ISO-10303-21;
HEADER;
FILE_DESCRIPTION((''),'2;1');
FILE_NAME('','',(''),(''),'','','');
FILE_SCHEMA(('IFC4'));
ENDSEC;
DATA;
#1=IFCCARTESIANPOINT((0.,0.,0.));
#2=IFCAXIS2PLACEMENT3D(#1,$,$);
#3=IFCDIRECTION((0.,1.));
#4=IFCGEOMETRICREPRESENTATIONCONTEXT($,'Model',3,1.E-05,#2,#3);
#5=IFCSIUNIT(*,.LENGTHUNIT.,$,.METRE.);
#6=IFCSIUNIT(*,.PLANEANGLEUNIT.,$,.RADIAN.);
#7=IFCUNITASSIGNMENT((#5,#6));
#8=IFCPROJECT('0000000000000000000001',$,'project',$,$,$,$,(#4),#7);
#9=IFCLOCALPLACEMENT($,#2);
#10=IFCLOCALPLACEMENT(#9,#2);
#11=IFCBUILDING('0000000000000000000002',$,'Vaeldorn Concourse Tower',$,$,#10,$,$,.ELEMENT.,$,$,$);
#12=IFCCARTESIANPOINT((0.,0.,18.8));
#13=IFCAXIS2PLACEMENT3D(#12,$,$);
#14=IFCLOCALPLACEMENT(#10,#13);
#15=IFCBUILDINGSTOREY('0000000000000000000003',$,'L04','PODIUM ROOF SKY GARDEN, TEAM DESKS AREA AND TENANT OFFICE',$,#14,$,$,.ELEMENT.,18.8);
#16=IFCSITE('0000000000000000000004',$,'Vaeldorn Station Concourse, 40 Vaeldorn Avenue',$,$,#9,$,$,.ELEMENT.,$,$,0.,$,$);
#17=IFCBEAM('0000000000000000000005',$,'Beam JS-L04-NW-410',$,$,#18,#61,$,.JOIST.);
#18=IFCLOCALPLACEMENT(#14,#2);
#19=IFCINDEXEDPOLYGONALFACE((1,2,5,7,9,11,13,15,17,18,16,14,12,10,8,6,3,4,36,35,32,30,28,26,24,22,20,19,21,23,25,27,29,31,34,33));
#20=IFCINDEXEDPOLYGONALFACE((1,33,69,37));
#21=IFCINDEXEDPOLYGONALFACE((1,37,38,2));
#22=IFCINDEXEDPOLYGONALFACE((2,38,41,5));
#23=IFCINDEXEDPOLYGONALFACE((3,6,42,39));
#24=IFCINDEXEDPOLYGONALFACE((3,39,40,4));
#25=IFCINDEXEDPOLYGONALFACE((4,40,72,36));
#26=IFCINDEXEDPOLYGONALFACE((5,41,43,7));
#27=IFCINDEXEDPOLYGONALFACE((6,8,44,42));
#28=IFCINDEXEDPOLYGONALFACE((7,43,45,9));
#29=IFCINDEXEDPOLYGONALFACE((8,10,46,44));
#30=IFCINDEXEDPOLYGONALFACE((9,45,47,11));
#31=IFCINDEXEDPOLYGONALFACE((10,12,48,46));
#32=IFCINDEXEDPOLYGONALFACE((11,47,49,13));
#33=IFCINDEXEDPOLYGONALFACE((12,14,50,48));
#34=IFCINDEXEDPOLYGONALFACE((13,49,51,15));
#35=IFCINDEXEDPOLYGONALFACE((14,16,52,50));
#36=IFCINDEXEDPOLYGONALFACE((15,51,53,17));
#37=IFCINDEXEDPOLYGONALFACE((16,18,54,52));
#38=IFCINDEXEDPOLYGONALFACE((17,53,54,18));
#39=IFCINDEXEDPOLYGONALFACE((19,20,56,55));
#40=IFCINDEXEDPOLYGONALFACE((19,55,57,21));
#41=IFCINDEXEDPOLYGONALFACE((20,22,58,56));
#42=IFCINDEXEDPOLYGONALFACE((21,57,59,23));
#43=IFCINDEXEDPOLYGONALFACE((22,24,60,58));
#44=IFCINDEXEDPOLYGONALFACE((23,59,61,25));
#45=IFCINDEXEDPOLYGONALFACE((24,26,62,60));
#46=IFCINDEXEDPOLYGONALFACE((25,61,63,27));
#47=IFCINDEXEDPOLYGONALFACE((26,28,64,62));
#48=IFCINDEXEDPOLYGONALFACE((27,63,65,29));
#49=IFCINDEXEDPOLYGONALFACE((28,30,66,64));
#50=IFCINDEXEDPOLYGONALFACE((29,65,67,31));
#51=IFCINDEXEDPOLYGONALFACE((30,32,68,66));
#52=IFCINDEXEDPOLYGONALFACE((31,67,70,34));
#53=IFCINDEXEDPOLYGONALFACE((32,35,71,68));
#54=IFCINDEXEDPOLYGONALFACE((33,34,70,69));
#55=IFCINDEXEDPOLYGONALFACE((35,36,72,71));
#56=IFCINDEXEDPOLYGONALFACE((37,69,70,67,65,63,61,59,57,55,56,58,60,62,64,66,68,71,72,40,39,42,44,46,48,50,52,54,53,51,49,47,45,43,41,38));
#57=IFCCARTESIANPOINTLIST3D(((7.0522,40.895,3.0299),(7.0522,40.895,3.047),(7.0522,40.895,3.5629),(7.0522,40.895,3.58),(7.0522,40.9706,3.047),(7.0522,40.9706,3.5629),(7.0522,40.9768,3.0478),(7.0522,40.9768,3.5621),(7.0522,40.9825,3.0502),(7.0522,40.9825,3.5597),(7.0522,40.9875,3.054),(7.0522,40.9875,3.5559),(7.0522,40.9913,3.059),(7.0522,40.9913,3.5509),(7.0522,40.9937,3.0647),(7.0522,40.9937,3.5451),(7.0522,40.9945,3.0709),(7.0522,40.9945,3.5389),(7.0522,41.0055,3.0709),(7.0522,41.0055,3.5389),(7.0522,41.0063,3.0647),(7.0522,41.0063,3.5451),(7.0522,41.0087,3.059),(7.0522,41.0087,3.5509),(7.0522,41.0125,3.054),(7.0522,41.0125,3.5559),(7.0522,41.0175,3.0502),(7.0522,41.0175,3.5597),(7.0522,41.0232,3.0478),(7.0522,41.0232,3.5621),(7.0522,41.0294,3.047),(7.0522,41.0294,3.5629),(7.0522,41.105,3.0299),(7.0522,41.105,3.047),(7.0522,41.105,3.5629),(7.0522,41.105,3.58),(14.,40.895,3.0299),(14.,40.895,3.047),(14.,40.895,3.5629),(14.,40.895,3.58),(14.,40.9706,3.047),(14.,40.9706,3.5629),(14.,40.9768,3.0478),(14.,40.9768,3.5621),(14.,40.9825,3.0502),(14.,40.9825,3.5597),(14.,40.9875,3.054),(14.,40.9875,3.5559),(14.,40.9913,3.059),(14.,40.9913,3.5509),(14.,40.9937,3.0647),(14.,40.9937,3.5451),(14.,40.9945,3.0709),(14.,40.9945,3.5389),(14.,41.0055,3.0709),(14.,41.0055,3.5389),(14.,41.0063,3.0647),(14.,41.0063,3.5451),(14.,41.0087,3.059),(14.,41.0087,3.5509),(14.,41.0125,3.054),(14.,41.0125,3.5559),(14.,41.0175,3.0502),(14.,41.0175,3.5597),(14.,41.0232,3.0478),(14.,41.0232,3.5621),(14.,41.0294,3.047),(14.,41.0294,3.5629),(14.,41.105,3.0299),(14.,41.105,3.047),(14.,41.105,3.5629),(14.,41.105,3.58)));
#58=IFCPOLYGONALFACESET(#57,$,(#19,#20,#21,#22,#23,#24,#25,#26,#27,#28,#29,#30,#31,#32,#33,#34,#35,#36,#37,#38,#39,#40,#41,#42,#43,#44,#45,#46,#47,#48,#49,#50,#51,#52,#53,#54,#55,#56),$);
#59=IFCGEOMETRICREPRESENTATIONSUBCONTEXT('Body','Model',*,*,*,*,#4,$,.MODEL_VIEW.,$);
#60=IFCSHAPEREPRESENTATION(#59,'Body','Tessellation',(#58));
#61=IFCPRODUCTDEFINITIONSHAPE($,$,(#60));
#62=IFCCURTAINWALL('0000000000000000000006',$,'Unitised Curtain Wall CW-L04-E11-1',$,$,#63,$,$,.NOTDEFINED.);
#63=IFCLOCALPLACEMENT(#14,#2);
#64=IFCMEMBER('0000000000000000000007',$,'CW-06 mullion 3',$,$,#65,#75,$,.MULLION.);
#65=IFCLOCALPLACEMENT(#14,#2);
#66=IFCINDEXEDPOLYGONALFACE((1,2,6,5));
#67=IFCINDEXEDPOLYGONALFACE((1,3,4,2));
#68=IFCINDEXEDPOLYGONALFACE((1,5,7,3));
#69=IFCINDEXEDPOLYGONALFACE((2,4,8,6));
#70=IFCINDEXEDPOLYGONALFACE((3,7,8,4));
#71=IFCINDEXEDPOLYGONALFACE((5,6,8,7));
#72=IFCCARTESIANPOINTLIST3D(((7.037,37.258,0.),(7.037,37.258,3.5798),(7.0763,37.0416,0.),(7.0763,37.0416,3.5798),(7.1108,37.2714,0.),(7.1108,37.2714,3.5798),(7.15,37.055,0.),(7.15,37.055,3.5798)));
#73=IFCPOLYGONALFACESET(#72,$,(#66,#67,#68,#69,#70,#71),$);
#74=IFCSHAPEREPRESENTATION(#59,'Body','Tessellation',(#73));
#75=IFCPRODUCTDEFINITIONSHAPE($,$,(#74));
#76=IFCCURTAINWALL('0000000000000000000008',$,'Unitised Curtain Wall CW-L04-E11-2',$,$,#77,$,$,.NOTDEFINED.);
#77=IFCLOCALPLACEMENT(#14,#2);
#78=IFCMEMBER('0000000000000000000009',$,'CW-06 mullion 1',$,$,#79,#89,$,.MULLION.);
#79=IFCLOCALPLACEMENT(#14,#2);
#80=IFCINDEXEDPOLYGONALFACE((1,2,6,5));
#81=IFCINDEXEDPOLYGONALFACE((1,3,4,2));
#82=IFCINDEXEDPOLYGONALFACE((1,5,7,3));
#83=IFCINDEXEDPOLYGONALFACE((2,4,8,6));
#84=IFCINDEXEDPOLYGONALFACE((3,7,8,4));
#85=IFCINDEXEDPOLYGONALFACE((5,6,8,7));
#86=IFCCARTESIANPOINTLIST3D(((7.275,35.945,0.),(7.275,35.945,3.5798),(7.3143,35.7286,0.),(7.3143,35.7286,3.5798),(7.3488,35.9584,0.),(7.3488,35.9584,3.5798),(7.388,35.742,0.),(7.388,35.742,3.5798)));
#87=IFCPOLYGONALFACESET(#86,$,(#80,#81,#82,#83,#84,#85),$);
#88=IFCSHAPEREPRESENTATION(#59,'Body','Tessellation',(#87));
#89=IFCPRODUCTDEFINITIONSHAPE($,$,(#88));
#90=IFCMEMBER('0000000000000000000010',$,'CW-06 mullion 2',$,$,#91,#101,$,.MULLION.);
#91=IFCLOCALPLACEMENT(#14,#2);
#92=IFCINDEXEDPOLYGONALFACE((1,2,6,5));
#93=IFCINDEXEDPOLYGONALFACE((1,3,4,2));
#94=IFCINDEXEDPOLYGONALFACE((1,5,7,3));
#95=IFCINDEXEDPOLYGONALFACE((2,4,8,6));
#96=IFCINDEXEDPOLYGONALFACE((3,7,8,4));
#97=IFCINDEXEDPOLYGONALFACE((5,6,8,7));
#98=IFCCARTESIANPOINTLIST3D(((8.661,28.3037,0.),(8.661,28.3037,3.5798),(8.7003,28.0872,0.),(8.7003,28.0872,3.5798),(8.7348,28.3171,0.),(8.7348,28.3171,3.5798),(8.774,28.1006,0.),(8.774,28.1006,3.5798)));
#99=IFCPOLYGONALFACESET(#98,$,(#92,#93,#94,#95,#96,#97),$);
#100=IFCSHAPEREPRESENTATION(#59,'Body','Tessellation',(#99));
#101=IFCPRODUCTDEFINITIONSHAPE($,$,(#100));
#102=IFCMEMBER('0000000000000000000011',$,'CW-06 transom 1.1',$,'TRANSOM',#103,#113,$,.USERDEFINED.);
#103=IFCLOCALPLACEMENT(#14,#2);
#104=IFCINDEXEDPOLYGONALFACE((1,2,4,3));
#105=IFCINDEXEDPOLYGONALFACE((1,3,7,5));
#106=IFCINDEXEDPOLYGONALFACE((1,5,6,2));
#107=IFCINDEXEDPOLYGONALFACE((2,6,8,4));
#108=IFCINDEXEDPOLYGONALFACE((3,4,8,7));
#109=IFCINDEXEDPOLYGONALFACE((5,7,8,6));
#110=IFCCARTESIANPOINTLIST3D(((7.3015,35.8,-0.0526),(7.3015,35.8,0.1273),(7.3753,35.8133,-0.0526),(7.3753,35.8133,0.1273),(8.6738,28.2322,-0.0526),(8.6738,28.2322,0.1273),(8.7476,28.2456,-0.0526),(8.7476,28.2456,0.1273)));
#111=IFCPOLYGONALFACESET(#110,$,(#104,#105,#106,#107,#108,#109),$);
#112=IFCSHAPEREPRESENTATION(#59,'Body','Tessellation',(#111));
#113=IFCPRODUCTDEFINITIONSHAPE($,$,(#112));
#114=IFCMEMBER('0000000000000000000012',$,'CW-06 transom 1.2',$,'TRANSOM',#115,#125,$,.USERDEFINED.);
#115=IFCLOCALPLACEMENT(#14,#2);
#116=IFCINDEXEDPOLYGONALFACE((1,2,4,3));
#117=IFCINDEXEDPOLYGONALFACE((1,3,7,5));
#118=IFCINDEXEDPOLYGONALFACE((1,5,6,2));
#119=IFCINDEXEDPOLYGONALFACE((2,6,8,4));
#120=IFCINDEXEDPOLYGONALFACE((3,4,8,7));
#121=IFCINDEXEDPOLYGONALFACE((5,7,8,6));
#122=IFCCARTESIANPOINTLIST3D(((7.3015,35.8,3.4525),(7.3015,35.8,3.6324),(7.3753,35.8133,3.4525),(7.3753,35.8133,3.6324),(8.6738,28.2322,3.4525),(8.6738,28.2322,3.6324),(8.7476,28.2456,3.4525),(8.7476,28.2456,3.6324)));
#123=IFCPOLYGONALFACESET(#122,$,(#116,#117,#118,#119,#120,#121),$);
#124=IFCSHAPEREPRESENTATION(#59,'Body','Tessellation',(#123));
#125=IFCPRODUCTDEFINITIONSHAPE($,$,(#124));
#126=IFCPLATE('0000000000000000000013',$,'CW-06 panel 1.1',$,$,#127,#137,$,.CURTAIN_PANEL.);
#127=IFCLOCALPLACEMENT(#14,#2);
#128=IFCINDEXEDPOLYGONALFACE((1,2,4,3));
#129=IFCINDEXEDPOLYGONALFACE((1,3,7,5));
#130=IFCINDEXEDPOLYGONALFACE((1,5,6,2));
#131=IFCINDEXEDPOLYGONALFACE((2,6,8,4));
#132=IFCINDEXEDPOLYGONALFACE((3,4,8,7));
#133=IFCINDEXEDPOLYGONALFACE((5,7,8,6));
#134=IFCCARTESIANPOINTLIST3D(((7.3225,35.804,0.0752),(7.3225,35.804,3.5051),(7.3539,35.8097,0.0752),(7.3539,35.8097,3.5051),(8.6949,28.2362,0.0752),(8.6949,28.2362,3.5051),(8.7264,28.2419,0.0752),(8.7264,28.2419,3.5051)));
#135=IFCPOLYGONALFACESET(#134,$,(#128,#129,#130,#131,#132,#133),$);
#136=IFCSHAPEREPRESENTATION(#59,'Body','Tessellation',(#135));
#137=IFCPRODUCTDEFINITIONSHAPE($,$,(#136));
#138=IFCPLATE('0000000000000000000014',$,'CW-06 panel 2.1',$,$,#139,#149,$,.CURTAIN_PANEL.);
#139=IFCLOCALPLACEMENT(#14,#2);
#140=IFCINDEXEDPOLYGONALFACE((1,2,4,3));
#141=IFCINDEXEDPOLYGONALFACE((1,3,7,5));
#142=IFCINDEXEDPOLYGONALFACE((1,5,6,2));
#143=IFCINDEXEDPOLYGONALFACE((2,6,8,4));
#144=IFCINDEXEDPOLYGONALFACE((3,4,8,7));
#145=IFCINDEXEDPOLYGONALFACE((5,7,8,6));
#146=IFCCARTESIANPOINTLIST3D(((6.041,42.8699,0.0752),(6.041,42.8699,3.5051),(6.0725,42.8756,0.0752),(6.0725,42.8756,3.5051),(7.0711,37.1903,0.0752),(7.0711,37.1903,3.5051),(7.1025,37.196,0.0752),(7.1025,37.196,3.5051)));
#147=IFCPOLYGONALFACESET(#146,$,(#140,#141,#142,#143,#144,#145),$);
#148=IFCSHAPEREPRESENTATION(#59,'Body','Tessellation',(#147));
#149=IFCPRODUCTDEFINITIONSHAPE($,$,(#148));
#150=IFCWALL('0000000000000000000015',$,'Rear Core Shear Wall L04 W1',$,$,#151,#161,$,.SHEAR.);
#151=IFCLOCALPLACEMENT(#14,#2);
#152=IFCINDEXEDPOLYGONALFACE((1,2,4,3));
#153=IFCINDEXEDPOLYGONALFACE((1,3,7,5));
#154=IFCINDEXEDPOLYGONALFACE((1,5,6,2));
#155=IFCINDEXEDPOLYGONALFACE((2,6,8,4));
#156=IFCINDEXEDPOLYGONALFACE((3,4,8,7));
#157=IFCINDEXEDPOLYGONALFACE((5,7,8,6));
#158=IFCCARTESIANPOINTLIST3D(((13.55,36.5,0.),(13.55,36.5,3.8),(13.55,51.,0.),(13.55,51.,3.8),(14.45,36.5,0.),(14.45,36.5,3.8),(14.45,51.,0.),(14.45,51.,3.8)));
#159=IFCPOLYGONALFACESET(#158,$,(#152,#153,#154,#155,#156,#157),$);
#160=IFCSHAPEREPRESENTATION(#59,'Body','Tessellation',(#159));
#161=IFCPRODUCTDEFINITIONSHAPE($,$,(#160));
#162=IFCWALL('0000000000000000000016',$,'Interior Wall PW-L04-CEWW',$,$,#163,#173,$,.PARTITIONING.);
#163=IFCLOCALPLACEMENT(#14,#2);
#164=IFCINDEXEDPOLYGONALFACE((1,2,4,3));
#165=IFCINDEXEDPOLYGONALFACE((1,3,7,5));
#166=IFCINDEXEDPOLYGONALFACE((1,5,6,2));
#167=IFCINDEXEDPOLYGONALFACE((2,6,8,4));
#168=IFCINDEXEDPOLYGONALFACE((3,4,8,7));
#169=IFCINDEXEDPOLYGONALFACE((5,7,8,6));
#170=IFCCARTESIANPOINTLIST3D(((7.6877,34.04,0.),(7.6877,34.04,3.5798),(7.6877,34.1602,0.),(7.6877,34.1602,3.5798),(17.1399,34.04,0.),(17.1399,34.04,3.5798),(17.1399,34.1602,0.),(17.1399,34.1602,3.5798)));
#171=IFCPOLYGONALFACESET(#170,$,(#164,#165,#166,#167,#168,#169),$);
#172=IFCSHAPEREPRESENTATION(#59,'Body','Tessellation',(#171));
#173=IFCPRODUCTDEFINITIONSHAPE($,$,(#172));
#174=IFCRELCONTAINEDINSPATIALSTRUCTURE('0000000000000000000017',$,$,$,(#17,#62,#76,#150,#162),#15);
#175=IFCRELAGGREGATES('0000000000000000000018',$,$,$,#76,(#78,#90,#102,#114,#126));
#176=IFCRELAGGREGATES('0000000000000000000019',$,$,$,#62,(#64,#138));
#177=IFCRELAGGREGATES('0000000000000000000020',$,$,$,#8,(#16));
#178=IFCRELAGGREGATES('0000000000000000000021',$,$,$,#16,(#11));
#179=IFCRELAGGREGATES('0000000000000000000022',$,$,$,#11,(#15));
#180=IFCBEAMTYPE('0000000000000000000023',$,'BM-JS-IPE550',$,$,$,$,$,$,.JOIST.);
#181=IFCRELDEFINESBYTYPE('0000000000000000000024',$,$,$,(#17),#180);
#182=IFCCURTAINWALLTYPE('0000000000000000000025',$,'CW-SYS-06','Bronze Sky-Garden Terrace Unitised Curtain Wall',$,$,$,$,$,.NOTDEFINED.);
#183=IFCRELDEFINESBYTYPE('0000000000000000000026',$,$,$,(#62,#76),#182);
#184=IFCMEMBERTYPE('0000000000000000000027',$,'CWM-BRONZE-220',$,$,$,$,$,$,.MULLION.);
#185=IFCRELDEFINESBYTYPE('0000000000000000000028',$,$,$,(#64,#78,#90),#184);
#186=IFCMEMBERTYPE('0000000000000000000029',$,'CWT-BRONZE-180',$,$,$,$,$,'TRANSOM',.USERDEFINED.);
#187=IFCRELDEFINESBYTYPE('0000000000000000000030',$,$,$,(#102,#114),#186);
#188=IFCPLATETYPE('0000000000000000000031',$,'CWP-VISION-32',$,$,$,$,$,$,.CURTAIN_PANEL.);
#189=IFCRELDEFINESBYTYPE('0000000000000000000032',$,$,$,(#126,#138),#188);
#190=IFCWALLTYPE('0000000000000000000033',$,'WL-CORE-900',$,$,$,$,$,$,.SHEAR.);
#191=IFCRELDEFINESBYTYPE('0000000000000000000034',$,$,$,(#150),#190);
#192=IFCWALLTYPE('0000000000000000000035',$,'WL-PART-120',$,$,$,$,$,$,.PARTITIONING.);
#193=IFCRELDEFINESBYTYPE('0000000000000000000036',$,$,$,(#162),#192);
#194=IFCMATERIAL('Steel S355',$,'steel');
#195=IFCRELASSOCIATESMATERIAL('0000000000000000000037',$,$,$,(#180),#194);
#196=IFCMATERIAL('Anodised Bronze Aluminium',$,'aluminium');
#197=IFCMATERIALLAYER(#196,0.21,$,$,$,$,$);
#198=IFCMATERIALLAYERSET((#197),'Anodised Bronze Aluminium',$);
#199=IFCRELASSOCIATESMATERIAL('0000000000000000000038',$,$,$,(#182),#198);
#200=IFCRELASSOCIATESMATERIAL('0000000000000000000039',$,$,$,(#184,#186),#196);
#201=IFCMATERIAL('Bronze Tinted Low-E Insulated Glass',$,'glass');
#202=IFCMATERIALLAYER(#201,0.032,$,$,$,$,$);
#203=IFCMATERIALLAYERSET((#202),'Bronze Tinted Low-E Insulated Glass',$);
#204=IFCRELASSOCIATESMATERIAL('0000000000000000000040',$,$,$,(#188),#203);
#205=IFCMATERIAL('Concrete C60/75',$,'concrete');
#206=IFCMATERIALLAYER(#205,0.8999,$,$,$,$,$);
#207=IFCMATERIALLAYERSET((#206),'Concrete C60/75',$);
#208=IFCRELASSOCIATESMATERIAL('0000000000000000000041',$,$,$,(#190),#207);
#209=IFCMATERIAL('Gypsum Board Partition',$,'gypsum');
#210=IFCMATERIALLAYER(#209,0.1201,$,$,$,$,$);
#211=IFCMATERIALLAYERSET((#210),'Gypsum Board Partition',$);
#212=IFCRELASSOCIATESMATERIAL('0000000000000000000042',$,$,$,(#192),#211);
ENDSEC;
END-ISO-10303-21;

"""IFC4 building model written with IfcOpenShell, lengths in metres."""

from ifc_helpers import new_model, si_unit, direction, frame, frame_2d, origin, origin_2d, place, context, subcontext, project, spatial, rectangle, i_section, extrude, source, transform, mapped, material, layer, layer_set, material_profile, profile_set, type_object, element, aggregate, save


model = new_model("IFC4")

# Units and contexts
model_context = context("Model", 3, precision=1e-05, world=origin(), true_north=direction((0.0, 1.0)))
body_context = subcontext(model_context, "Body", "Model", "MODEL_VIEW")
ifc_project = project(units=[si_unit("LENGTHUNIT", "METRE"), si_unit("PLANEANGLEUNIT", "RADIAN")], contexts=[model_context])

# Site, building, storey
site_placement = place(None, origin())
site = spatial("IfcSite", under=ifc_project, at=site_placement, Name="Vaeldorn Station Concourse, 40 Vaeldorn Avenue", CompositionType="ELEMENT", RefElevation=0.0)
building_placement = place(site_placement, origin())
building = spatial("IfcBuilding", under=site, at=building_placement, Name="Vaeldorn Concourse Tower", CompositionType="ELEMENT")
storey_placement = place(building_placement, frame((0.0, 0.0, 18.8)))
storey = spatial("IfcBuildingStorey", under=building, at=storey_placement, Name="L04", Description="PODIUM ROOF SKY GARDEN, TEAM DESKS AREA AND TENANT OFFICE", CompositionType="ELEMENT", Elevation=18.8)

# Shared definitions
ifc_material_1 = material(Name="Concrete C60/75", Category="concrete")

# Beam
ifc_material_2 = material(Name="Steel S355", Category="steel")
ifc_material_profile_1 = material_profile(ifc_material_2, i_section(OverallWidth=0.21, OverallDepth=0.55, WebThickness=0.011, FlangeThickness=0.0171, FilletRadius=0.0239, at=origin_2d()), Name="IPE 550")
ifc_profile_set_1 = profile_set([ifc_material_profile_1], Name="Steel S355")
beam_type_1 = type_object("IfcBeamType", Name="BM-JS-IPE550", PredefinedType="JOIST", material=ifc_profile_set_1)
shared_shape_1 = source(origin(), body_context, "Body", "SweptSolid", [
    extrude(i_section(OverallWidth=0.21, OverallDepth=0.55, WebThickness=0.011, FlangeThickness=0.0171, FilletRadius=0.0239, at=origin_2d()), origin(), (0.0, 0.0, 1.0), 6.9478),
])
beam_1_placement = place(storey_placement, frame((7.0522, 41.0, 3.3049), z_axis=(1.0, 0.0, 0.0), x_axis=(0.0, 1.0, 0.0)))
element("IfcBeam", 1, at=beam_1_placement, inside=storey, type_object=beam_type_1, Name="Beam JS-L04-NW-410", PredefinedType="JOIST", context=body_context, shape_type="MappedRepresentation", body=[
    mapped(shared_shape_1, transform((0.0, 0.0, 0.0), scale=1.0)),
])

# Curtain wall, member
ifc_material_3 = material(Name="Anodised Bronze Aluminium", Category="aluminium")
ifc_layer_1 = layer(ifc_material_3, 0.21)
ifc_layer_set_1 = layer_set([ifc_layer_1], Name="Anodised Bronze Aluminium")
curtain_wall_type = type_object("IfcCurtainWallType", Name="CW-SYS-06", Description="Bronze Sky-Garden Terrace Unitised Curtain Wall", PredefinedType="NOTDEFINED", material=ifc_layer_set_1)
curtain_wall_1_placement = place(storey_placement, origin())
curtain_wall_1 = element("IfcCurtainWall", 2, at=curtain_wall_1_placement, inside=storey, type_object=curtain_wall_type, Name="Unitised Curtain Wall CW-L04-E11-1", PredefinedType="NOTDEFINED")
ifc_material_profile_2 = material_profile(ifc_material_3, rectangle(XDim=0.075, YDim=0.22, at=origin_2d()), Name="CWM 75x220")
ifc_profile_set_2 = profile_set([ifc_material_profile_2], Name="Anodised Bronze Aluminium")
member_type_1 = type_object("IfcMemberType", Name="CWM-BRONZE-220", PredefinedType="MULLION", material=ifc_profile_set_2)
shared_shape_2 = source(origin(), body_context, "Body", "SweptSolid", [
    extrude(rectangle(XDim=0.075, YDim=0.22, at=origin_2d()), origin(), (0.0, 0.0, 1.0), 3.5798),
])
member_1_placement = place(storey_placement, frame((7.0935, 37.1565, 0.0), z_axis=(0.0, 0.0, 1.0), x_axis=(0.98395, 0.178446, 0.0)))
member_1 = element("IfcMember", 3, at=member_1_placement, type_object=member_type_1, Name="CW-06 mullion 3", PredefinedType="MULLION", context=body_context, shape_type="MappedRepresentation", body=[
    mapped(shared_shape_2, transform((0.0, 0.0, 0.0), scale=1.0)),
])

# Curtain wall, members, plate
curtain_wall_2_placement = place(storey_placement, origin())
curtain_wall_2 = element("IfcCurtainWall", 4, at=curtain_wall_2_placement, inside=storey, type_object=curtain_wall_type, Name="Unitised Curtain Wall CW-L04-E11-2", PredefinedType="NOTDEFINED")
member_2_placement = place(storey_placement, frame((7.3315, 35.8435, 0.0), z_axis=(0.0, 0.0, 1.0), x_axis=(0.98395, 0.178443, 0.0)))
member_2 = element("IfcMember", 5, at=member_2_placement, type_object=member_type_1, Name="CW-06 mullion 1", PredefinedType="MULLION", context=body_context, shape_type="MappedRepresentation", body=[
    mapped(shared_shape_2, transform((0.0, 0.0, 0.0), scale=1.0)),
])
member_3_placement = place(storey_placement, frame((8.7175, 28.2021, 0.0), z_axis=(0.0, 0.0, 1.0), x_axis=(0.98395, 0.178443, 0.0)))
member_3 = element("IfcMember", 6, at=member_3_placement, type_object=member_type_1, Name="CW-06 mullion 2", PredefinedType="MULLION", context=body_context, shape_type="MappedRepresentation", body=[
    mapped(shared_shape_2, transform((0.0, 0.0, 0.0), scale=1.0)),
])
ifc_material_profile_3 = material_profile(ifc_material_3, rectangle(XDim=0.075, YDim=0.1799, at=origin_2d()), Name="CWT 75x180")
ifc_profile_set_3 = profile_set([ifc_material_profile_3], Name="Anodised Bronze Aluminium")
member_type_2 = type_object("IfcMemberType", Name="CWT-BRONZE-180", ElementType="TRANSOM", PredefinedType="USERDEFINED", material=ifc_profile_set_3)
shared_shape_3 = source(origin(), body_context, "Body", "SweptSolid", [
    extrude(rectangle(XDim=0.075, YDim=0.1799, at=origin_2d()), origin(), (0.0, 0.0, 1.0), 7.6912),
])
member_4_placement = place(storey_placement, frame((7.3384, 35.8066, 0.0374), z_axis=(0.17843, -0.983953, 0.0), x_axis=(0.983953, 0.17843, 0.0)))
member_4 = element("IfcMember", 7, at=member_4_placement, type_object=member_type_2, Name="CW-06 transom 1.1", ObjectType="TRANSOM", PredefinedType="USERDEFINED", context=body_context, shape_type="MappedRepresentation", body=[
    mapped(shared_shape_3, transform((0.0, 0.0, 0.0), scale=1.0)),
])
member_5_placement = place(storey_placement, frame((7.3384, 35.8066, 3.5425), z_axis=(0.17843, -0.983953, 0.0), x_axis=(0.983953, 0.17843, 0.0)))
member_5 = element("IfcMember", 8, at=member_5_placement, type_object=member_type_2, Name="CW-06 transom 1.2", ObjectType="TRANSOM", PredefinedType="USERDEFINED", context=body_context, shape_type="MappedRepresentation", body=[
    mapped(shared_shape_3, transform((0.0, 0.0, 0.0), scale=1.0)),
])
ifc_material_4 = material(Name="Bronze Tinted Low-E Insulated Glass", Category="glass")
ifc_layer_2 = layer(ifc_material_4, 0.032)
ifc_layer_set_2 = layer_set([ifc_layer_2], Name="Bronze Tinted Low-E Insulated Glass")
plate_type = type_object("IfcPlateType", Name="CWP-VISION-32", PredefinedType="CURTAIN_PANEL", material=ifc_layer_set_2)
shared_shape_4 = source(origin(), body_context, "Body", "SweptSolid", [
    extrude(rectangle(XDim=7.6912, YDim=0.032, at=origin_2d()), origin(), (0.0, 0.0, 1.0), 3.4299),
])
plate_1_placement = place(storey_placement, frame((8.0244, 32.0229, 0.0752), z_axis=(0.0, 0.0, 1.0), x_axis=(0.178443, -0.98395, 0.0)))
plate_1 = element("IfcPlate", 9, at=plate_1_placement, type_object=plate_type, Name="CW-06 panel 1.1", PredefinedType="CURTAIN_PANEL", context=body_context, shape_type="MappedRepresentation", body=[
    mapped(shared_shape_4, transform((0.0, 0.0, 0.0), scale=1.0)),
])
aggregate(curtain_wall_2, [member_2, member_3, member_4, member_5, plate_1])

# Plate
shared_shape_5 = source(origin(), body_context, "Body", "SweptSolid", [
    extrude(rectangle(XDim=5.7722, YDim=0.032, at=origin_2d()), origin(), (0.0, 0.0, 1.0), 3.4299),
])
plate_2_placement = place(storey_placement, frame((6.5718, 40.033, 0.0752), z_axis=(0.0, 0.0, 1.0), x_axis=(0.178446, -0.98395, 0.0)))
plate_2 = element("IfcPlate", 10, at=plate_2_placement, type_object=plate_type, Name="CW-06 panel 2.1", PredefinedType="CURTAIN_PANEL", context=body_context, shape_type="MappedRepresentation", body=[
    mapped(shared_shape_5, transform((0.0, 0.0, 0.0), scale=1.0)),
])
aggregate(curtain_wall_1, [member_1, plate_2])

# Walls
ifc_layer_3 = layer(ifc_material_1, 0.8999)
ifc_layer_set_3 = layer_set([ifc_layer_3], Name="Concrete C60/75")
wall_type_1 = type_object("IfcWallType", Name="WL-CORE-900", PredefinedType="SHEAR", material=ifc_layer_set_3)
wall_1_placement = place(storey_placement, frame((14.0, 36.5, 0.0), z_axis=(0.0, 0.0, 1.0), x_axis=(0.0, 1.0, 0.0)))
element("IfcWall", 11, at=wall_1_placement, inside=storey, type_object=wall_type_1, Name="Rear Core Shear Wall L04 W1", PredefinedType="SHEAR", context=body_context, shape_type="SweptSolid", body=[
    extrude(rectangle(XDim=14.5, YDim=0.8999, at=frame_2d((7.25, 0.0))), origin(), (0.0, 0.0, 1.0), 3.8),
])
ifc_material_5 = material(Name="Gypsum Board Partition", Category="gypsum")
ifc_layer_4 = layer(ifc_material_5, 0.1201)
ifc_layer_set_4 = layer_set([ifc_layer_4], Name="Gypsum Board Partition")
wall_type_2 = type_object("IfcWallType", Name="WL-PART-120", PredefinedType="PARTITIONING", material=ifc_layer_set_4)
wall_2_placement = place(storey_placement, frame((7.6877, 34.1001, 0.0), z_axis=(0.0, 0.0, 1.0), x_axis=(1.0, 0.0, 0.0)))
element("IfcWall", 12, at=wall_2_placement, inside=storey, type_object=wall_type_2, Name="Interior Wall PW-L04-CEWW", PredefinedType="PARTITIONING", context=body_context, shape_type="SweptSolid", body=[
    extrude(rectangle(XDim=9.4521, YDim=0.1201, at=frame_2d((4.7261, 0.0))), origin(), (0.0, 0.0, 1.0), 3.5798),
])

save(model, "model.ifc")
